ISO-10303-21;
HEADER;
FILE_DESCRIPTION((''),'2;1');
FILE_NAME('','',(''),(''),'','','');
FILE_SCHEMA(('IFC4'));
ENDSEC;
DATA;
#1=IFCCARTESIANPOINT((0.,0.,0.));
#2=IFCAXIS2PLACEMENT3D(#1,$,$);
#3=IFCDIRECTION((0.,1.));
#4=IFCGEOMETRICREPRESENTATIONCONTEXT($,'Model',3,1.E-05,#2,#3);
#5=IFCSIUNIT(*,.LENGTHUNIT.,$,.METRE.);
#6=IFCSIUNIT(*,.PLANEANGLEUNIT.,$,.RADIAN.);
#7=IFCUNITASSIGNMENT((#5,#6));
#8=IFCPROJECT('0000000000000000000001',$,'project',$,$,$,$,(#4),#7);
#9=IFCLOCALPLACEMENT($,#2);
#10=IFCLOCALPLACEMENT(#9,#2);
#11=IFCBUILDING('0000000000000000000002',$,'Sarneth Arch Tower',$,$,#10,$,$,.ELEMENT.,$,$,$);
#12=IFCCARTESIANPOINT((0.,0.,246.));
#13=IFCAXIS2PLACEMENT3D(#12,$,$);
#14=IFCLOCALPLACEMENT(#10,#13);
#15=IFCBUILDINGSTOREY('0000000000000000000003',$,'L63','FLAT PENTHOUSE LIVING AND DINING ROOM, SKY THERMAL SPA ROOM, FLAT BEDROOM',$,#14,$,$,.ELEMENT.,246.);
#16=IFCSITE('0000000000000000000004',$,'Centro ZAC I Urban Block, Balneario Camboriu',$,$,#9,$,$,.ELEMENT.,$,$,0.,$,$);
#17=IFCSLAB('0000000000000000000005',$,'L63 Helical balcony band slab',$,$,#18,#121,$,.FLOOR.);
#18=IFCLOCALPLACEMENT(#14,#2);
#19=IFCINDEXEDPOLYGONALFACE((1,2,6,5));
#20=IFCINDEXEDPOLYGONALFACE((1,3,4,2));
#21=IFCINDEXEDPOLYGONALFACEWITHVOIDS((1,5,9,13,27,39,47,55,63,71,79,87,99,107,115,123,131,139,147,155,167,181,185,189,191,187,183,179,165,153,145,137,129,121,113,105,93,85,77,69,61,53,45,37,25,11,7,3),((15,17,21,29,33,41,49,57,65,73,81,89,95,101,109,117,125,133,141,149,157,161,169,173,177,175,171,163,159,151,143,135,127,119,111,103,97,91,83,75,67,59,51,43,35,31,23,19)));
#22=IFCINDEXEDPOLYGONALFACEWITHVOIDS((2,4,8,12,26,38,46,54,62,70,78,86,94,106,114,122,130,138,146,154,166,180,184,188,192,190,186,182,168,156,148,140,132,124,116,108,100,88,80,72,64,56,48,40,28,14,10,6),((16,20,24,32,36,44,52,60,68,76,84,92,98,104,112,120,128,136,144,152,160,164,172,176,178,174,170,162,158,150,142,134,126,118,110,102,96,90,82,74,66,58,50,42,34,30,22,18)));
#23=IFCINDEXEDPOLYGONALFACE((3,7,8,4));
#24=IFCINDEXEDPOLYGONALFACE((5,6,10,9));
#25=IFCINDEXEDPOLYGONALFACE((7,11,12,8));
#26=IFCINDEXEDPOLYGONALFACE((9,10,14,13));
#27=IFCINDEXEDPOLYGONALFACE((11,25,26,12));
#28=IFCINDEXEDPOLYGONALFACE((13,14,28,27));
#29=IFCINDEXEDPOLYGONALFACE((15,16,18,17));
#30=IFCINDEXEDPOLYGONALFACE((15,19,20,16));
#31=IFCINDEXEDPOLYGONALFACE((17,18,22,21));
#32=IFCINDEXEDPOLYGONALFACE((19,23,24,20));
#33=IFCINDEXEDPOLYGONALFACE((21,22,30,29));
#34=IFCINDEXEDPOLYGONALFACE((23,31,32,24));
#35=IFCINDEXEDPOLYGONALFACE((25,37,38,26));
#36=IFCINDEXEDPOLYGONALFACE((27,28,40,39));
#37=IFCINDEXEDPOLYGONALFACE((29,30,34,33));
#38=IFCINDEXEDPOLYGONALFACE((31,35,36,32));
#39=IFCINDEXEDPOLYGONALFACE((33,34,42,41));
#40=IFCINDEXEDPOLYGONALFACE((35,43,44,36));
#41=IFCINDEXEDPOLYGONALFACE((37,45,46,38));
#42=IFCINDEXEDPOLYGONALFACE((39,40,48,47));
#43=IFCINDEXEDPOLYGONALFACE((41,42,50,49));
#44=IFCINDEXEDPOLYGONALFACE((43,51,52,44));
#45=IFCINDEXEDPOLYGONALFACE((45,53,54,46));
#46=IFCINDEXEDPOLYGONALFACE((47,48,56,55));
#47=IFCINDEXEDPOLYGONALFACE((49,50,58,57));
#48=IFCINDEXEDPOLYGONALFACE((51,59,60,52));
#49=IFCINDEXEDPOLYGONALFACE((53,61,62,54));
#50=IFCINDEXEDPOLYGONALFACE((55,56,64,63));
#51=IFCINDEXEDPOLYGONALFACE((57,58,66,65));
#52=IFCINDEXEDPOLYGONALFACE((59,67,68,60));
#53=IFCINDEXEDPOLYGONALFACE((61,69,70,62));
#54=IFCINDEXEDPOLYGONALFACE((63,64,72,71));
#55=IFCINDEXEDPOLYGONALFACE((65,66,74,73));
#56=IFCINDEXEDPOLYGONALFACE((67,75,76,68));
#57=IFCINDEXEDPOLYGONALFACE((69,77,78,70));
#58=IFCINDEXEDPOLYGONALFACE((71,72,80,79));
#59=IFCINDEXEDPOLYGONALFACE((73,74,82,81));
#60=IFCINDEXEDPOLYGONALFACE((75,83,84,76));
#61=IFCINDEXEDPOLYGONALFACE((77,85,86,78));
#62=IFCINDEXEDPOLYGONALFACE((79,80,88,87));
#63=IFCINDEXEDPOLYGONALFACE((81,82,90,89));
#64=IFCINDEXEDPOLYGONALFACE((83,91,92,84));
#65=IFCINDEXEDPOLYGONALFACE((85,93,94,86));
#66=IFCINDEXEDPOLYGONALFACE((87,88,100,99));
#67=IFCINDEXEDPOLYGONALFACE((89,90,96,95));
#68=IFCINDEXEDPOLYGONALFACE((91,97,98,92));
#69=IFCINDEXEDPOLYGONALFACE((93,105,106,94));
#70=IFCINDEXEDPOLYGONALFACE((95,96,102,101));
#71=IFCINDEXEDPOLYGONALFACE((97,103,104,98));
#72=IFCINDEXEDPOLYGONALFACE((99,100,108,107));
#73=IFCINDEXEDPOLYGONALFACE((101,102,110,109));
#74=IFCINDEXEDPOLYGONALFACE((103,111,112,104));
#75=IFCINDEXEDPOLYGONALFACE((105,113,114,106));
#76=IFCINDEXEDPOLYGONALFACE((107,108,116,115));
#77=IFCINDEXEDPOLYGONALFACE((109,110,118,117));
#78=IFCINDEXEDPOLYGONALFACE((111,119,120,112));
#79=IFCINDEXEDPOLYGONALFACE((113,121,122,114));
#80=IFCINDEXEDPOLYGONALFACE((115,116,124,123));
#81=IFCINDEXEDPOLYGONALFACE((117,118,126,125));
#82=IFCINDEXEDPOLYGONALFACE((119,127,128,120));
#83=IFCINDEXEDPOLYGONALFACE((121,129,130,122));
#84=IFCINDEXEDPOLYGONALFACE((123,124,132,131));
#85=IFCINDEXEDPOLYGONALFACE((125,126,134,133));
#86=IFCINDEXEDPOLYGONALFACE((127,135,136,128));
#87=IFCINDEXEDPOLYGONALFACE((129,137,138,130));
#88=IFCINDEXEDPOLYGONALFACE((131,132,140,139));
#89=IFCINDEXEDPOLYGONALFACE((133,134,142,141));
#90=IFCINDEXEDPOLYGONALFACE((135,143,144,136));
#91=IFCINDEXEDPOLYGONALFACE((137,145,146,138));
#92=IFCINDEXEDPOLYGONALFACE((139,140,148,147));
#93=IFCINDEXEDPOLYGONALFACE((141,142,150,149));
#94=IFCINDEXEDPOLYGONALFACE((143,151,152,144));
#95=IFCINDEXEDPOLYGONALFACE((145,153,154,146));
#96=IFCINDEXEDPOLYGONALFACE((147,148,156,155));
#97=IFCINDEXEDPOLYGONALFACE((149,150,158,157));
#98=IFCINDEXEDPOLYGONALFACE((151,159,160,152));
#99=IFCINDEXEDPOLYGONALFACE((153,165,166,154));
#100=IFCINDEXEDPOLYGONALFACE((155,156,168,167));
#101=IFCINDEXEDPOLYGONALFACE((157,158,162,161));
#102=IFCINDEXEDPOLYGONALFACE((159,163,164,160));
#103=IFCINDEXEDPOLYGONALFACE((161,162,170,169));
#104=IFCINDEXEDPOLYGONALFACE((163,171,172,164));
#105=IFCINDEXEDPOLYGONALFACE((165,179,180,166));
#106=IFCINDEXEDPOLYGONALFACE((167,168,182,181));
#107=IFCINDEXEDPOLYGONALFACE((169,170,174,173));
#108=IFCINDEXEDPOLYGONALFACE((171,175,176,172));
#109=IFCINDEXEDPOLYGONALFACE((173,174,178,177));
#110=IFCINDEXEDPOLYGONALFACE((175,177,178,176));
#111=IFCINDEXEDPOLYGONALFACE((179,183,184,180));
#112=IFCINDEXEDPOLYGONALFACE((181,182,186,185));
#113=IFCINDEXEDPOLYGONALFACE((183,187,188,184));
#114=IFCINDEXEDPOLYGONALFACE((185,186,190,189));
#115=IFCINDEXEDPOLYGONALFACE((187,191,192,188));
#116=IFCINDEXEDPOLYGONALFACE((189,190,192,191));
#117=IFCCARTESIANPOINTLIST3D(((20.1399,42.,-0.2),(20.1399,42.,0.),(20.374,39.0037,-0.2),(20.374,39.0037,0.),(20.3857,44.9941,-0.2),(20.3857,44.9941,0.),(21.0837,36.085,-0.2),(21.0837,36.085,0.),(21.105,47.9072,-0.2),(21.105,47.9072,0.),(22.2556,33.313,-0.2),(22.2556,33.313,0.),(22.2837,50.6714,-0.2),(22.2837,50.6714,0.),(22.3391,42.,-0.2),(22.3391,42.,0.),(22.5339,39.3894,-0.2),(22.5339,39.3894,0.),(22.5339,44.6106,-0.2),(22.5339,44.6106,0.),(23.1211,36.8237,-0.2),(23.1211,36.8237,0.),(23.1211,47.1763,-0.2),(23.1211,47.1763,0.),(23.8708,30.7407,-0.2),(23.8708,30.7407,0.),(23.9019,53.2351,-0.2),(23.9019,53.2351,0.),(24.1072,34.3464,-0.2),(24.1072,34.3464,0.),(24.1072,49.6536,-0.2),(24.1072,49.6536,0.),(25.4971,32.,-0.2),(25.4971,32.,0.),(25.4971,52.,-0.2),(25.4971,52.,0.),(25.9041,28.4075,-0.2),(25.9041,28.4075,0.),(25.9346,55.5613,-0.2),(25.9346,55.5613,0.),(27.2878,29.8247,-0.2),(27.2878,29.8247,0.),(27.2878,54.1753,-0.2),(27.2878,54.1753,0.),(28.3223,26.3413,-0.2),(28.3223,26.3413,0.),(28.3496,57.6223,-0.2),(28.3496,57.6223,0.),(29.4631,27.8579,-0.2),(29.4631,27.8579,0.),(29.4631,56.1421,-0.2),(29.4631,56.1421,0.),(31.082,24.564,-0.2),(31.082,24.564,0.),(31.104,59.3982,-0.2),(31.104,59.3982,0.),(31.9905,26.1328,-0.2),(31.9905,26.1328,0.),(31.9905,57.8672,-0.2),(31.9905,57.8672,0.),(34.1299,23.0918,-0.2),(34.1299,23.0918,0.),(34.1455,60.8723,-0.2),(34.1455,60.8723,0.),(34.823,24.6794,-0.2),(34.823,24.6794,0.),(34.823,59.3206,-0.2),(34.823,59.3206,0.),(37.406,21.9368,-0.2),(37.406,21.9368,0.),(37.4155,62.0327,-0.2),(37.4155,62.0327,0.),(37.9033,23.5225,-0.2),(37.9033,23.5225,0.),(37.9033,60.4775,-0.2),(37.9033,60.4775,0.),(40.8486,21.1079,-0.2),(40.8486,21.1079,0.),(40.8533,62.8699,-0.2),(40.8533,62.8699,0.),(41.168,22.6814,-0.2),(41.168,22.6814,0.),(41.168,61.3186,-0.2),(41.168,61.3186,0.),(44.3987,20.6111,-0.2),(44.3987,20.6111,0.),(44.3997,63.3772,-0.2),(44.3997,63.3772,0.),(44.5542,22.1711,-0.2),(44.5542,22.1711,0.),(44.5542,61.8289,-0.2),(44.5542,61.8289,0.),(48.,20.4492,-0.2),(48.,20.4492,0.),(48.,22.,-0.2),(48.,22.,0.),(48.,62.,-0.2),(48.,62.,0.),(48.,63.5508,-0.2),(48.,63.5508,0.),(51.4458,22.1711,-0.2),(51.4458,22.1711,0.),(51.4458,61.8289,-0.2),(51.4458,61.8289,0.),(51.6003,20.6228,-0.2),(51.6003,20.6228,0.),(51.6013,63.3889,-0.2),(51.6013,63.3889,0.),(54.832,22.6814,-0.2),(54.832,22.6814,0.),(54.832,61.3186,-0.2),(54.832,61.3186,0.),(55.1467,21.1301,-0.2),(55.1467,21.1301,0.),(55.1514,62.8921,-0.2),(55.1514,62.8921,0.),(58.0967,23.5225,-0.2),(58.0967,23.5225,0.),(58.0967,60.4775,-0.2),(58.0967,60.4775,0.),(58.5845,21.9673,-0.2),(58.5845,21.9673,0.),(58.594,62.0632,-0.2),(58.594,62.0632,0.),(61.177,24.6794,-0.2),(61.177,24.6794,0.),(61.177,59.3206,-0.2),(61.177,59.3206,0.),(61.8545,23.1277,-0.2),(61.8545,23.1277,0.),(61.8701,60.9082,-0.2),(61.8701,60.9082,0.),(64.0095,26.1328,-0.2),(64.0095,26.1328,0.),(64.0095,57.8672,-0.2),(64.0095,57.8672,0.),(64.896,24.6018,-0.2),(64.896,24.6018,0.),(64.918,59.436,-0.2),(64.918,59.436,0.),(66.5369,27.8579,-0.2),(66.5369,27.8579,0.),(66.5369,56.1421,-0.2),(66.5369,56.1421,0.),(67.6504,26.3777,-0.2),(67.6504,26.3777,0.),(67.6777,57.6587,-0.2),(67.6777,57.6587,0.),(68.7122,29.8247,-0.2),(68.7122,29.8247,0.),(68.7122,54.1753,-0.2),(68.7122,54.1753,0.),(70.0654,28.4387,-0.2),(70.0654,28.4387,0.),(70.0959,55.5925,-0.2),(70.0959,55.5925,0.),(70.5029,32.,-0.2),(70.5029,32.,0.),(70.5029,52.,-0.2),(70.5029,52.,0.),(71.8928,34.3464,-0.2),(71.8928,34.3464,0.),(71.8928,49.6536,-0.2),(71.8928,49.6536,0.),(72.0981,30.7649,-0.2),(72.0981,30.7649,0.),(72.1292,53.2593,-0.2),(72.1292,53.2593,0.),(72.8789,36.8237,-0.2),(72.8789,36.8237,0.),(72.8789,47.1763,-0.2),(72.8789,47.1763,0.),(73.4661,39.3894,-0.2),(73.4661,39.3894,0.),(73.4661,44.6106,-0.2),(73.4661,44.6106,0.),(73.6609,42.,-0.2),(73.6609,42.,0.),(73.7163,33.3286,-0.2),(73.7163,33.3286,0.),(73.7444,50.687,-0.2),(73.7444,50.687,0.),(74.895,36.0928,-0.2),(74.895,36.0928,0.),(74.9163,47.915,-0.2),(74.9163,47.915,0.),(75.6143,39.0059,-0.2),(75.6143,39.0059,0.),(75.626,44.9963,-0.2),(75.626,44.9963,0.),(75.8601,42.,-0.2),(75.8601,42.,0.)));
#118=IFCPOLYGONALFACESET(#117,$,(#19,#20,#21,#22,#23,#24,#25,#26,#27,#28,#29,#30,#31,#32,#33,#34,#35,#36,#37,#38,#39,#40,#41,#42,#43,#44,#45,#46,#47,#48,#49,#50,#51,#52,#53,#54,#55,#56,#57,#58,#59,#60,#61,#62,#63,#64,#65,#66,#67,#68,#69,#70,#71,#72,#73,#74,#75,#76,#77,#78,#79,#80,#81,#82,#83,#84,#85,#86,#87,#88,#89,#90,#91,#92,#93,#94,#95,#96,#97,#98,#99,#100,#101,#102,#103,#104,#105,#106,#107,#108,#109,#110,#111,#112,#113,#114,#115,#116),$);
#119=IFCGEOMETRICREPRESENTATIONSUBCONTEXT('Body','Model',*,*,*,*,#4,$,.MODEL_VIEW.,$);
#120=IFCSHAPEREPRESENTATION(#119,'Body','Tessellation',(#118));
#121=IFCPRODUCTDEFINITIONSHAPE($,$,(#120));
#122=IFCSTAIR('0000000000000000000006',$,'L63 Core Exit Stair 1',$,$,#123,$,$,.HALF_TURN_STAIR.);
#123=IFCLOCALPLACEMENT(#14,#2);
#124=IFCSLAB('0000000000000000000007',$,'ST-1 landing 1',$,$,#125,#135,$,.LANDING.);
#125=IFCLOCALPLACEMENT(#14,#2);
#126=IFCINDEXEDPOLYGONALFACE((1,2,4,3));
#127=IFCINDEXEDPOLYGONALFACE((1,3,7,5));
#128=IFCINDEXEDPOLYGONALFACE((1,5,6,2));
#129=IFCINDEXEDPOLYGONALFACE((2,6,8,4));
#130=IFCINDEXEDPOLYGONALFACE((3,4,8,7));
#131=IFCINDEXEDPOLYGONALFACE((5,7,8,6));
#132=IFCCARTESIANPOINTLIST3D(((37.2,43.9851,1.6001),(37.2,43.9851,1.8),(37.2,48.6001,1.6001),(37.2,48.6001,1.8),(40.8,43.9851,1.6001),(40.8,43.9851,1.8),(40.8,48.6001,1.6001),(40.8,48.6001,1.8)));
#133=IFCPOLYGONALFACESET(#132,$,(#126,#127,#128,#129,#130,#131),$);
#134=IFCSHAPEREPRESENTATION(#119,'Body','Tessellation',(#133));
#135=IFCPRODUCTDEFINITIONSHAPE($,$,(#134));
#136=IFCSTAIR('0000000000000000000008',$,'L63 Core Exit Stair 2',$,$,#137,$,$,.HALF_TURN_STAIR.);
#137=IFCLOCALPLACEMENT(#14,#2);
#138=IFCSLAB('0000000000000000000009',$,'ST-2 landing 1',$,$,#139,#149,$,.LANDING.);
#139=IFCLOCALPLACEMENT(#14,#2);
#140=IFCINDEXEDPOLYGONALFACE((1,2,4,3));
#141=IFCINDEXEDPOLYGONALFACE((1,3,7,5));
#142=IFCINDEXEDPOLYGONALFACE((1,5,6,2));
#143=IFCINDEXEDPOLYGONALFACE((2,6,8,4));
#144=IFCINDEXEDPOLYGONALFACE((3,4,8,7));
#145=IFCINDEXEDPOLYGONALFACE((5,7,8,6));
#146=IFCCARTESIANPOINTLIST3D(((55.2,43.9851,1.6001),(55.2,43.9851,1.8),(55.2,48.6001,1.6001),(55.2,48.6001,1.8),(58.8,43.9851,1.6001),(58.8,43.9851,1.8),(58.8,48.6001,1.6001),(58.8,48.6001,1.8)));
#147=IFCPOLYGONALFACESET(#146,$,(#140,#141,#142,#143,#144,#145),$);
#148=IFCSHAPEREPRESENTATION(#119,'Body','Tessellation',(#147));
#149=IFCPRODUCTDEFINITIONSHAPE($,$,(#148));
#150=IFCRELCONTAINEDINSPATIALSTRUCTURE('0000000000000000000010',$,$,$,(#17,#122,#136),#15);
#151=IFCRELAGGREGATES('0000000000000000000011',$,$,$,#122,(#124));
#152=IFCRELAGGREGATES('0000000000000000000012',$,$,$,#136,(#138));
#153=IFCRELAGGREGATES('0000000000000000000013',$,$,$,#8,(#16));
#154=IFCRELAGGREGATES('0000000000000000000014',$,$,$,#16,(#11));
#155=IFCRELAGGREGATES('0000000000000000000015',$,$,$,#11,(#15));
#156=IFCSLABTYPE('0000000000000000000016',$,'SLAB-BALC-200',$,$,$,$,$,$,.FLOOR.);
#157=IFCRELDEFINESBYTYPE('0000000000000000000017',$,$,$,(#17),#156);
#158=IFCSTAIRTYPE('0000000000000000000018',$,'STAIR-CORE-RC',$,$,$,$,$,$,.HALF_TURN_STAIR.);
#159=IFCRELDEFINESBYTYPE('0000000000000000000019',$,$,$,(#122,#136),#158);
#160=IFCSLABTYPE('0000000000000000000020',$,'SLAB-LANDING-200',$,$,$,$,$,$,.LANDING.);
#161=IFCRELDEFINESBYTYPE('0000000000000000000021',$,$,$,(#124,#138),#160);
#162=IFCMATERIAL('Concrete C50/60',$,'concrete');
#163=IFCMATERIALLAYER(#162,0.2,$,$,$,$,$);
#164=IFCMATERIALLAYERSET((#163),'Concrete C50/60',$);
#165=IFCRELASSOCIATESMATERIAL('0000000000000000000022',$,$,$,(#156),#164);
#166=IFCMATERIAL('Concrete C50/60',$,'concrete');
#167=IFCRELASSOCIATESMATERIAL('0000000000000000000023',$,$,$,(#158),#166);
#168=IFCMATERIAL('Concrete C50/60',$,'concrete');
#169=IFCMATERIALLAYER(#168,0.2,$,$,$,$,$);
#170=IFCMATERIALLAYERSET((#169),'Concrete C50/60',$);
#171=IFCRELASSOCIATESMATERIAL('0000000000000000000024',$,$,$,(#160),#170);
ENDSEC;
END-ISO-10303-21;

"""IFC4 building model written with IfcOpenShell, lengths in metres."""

from ifc_helpers import new_model, si_unit, direction, frame, origin, place, context, subcontext, project, spatial, polyline, outline, extrude, material, layer, layer_set, type_object, element, aggregate, save


model = new_model("IFC4")

# Units and contexts
model_context = context("Model", 3, precision=1e-05, world=origin(), true_north=direction((0.0, 1.0)))
body_context = subcontext(model_context, "Body", "Model", "MODEL_VIEW")
ifc_project = project(units=[si_unit("LENGTHUNIT", "METRE"), si_unit("PLANEANGLEUNIT", "RADIAN")], contexts=[model_context])

# Site, building, storey
site_placement = place(None, origin())
site = spatial("IfcSite", under=ifc_project, at=site_placement, Name="Centro ZAC I Urban Block, Balneario Camboriu", CompositionType="ELEMENT", RefElevation=0.0)
building_placement = place(site_placement, origin())
building = spatial("IfcBuilding", under=site, at=building_placement, Name="Sarneth Arch Tower", CompositionType="ELEMENT")
storey_placement = place(building_placement, frame((0.0, 0.0, 246.0)))
storey = spatial("IfcBuildingStorey", under=building, at=storey_placement, Name="L63", Description="FLAT PENTHOUSE LIVING AND DINING ROOM, SKY THERMAL SPA ROOM, FLAT BEDROOM", CompositionType="ELEMENT", Elevation=246.0)

# Slab
ifc_material_1 = material(Name="Concrete C50/60", Category="concrete")
ifc_layer_1 = layer(ifc_material_1, 0.2)
ifc_layer_set_1 = layer_set([ifc_layer_1], Name="Concrete C50/60")
slab_type_1 = type_object("IfcSlabType", Name="SLAB-BALC-200", PredefinedType="FLOOR", material=ifc_layer_set_1)
slab_1_placement = place(storey_placement, frame((0.0, 0.0, -0.2)))
element("IfcSlab", 1, at=slab_1_placement, inside=storey, type_object=slab_type_1, Name="L63 Helical balcony band slab", PredefinedType="FLOOR", context=body_context, shape_type="SweptSolid", body=[
    extrude(outline(polyline([(75.8601, 42.0), (75.626, 44.9963), (74.9163, 47.915), (73.7444, 50.687), (72.1292, 53.2593), (70.0959, 55.5925), (67.6777, 57.6587), (64.918, 59.436), (61.8701, 60.9082), (58.594, 62.0632), (55.1514, 62.8921), (51.6013, 63.3889), (48.0, 63.5508), (44.3997, 63.3772), (40.8533, 62.8699), (37.4155, 62.0327), (34.1455, 60.8723), (31.104, 59.3982), (28.3496, 57.6223), (25.9346, 55.5613), (23.9019, 53.2351), (22.2837, 50.6714), (21.105, 47.9072), (20.3857, 44.9941), (20.1399, 42.0), (20.374, 39.0037), (21.0837, 36.085), (22.2556, 33.313), (23.8708, 30.7407), (25.9041, 28.4075), (28.3223, 26.3413), (31.082, 24.564), (34.1299, 23.0918), (37.406, 21.9368), (40.8486, 21.1079), (44.3987, 20.6111), (48.0, 20.4492), (51.6003, 20.6228), (55.1467, 21.1301), (58.5845, 21.9673), (61.8545, 23.1277), (64.896, 24.6018), (67.6504, 26.3777), (70.0654, 28.4387), (72.0981, 30.7649), (73.7163, 33.3286), (74.895, 36.0928), (75.6143, 39.0059), (75.8601, 42.0)]), holes=[polyline([(73.6609, 42.0), (73.4661, 44.6106), (72.8789, 47.1763), (71.8928, 49.6536), (70.5029, 52.0), (68.7122, 54.1753), (66.5369, 56.1421), (64.0095, 57.8672), (61.177, 59.3206), (58.0967, 60.4775), (54.832, 61.3186), (51.4458, 61.8289), (48.0, 62.0), (44.5542, 61.8289), (41.168, 61.3186), (37.9033, 60.4775), (34.823, 59.3206), (31.9905, 57.8672), (29.4631, 56.1421), (27.2878, 54.1753), (25.4971, 52.0), (24.1072, 49.6536), (23.1211, 47.1763), (22.5339, 44.6106), (22.3391, 42.0), (22.5339, 39.3894), (23.1211, 36.8237), (24.1072, 34.3464), (25.4971, 32.0), (27.2878, 29.8247), (29.4631, 27.8579), (31.9905, 26.1328), (34.823, 24.6794), (37.9033, 23.5225), (41.168, 22.6814), (44.5542, 22.1711), (48.0, 22.0), (51.4458, 22.1711), (54.832, 22.6814), (58.0967, 23.5225), (61.177, 24.6794), (64.0095, 26.1328), (66.5369, 27.8579), (68.7122, 29.8247), (70.5029, 32.0), (71.8928, 34.3464), (72.8789, 36.8237), (73.4661, 39.3894), (73.6609, 42.0)])]), origin(), (0.0, 0.0, 1.0), 0.2),
])

# Stairs, slabs
ifc_material_2 = material(Name="Concrete C50/60", Category="concrete")
stair_type = type_object("IfcStairType", Name="STAIR-CORE-RC", PredefinedType="HALF_TURN_STAIR", material=ifc_material_2)
stair_1_placement = place(storey_placement, origin())
stair_1 = element("IfcStair", 2, at=stair_1_placement, inside=storey, type_object=stair_type, Name="L63 Core Exit Stair 1", PredefinedType="HALF_TURN_STAIR")
ifc_material_3 = material(Name="Concrete C50/60", Category="concrete")
ifc_layer_2 = layer(ifc_material_3, 0.2)
ifc_layer_set_2 = layer_set([ifc_layer_2], Name="Concrete C50/60")
slab_type_2 = type_object("IfcSlabType", Name="SLAB-LANDING-200", PredefinedType="LANDING", material=ifc_layer_set_2)
slab_2_placement = place(storey_placement, frame((0.0, 0.0, 1.6001)))
slab_2 = element("IfcSlab", 3, at=slab_2_placement, type_object=slab_type_2, Name="ST-1 landing 1", PredefinedType="LANDING", context=body_context, shape_type="SweptSolid", body=[
    extrude(outline(polyline([(37.2, 43.9851), (40.8, 43.9851), (40.8, 48.6001), (37.2, 48.6001), (37.2, 43.9851)])), origin(), (0.0, 0.0, 1.0), 0.2),
])
aggregate(stair_1, [slab_2])
stair_2_placement = place(storey_placement, origin())
stair_2 = element("IfcStair", 4, at=stair_2_placement, inside=storey, type_object=stair_type, Name="L63 Core Exit Stair 2", PredefinedType="HALF_TURN_STAIR")
slab_3_placement = place(storey_placement, frame((0.0, 0.0, 1.6001)))
slab_3 = element("IfcSlab", 5, at=slab_3_placement, type_object=slab_type_2, Name="ST-2 landing 1", PredefinedType="LANDING", context=body_context, shape_type="SweptSolid", body=[
    extrude(outline(polyline([(55.2, 43.9851), (58.8, 43.9851), (58.8, 48.6001), (55.2, 48.6001), (55.2, 43.9851)])), origin(), (0.0, 0.0, 1.0), 0.2),
])
aggregate(stair_2, [slab_3])

save(model, "model.ifc")
